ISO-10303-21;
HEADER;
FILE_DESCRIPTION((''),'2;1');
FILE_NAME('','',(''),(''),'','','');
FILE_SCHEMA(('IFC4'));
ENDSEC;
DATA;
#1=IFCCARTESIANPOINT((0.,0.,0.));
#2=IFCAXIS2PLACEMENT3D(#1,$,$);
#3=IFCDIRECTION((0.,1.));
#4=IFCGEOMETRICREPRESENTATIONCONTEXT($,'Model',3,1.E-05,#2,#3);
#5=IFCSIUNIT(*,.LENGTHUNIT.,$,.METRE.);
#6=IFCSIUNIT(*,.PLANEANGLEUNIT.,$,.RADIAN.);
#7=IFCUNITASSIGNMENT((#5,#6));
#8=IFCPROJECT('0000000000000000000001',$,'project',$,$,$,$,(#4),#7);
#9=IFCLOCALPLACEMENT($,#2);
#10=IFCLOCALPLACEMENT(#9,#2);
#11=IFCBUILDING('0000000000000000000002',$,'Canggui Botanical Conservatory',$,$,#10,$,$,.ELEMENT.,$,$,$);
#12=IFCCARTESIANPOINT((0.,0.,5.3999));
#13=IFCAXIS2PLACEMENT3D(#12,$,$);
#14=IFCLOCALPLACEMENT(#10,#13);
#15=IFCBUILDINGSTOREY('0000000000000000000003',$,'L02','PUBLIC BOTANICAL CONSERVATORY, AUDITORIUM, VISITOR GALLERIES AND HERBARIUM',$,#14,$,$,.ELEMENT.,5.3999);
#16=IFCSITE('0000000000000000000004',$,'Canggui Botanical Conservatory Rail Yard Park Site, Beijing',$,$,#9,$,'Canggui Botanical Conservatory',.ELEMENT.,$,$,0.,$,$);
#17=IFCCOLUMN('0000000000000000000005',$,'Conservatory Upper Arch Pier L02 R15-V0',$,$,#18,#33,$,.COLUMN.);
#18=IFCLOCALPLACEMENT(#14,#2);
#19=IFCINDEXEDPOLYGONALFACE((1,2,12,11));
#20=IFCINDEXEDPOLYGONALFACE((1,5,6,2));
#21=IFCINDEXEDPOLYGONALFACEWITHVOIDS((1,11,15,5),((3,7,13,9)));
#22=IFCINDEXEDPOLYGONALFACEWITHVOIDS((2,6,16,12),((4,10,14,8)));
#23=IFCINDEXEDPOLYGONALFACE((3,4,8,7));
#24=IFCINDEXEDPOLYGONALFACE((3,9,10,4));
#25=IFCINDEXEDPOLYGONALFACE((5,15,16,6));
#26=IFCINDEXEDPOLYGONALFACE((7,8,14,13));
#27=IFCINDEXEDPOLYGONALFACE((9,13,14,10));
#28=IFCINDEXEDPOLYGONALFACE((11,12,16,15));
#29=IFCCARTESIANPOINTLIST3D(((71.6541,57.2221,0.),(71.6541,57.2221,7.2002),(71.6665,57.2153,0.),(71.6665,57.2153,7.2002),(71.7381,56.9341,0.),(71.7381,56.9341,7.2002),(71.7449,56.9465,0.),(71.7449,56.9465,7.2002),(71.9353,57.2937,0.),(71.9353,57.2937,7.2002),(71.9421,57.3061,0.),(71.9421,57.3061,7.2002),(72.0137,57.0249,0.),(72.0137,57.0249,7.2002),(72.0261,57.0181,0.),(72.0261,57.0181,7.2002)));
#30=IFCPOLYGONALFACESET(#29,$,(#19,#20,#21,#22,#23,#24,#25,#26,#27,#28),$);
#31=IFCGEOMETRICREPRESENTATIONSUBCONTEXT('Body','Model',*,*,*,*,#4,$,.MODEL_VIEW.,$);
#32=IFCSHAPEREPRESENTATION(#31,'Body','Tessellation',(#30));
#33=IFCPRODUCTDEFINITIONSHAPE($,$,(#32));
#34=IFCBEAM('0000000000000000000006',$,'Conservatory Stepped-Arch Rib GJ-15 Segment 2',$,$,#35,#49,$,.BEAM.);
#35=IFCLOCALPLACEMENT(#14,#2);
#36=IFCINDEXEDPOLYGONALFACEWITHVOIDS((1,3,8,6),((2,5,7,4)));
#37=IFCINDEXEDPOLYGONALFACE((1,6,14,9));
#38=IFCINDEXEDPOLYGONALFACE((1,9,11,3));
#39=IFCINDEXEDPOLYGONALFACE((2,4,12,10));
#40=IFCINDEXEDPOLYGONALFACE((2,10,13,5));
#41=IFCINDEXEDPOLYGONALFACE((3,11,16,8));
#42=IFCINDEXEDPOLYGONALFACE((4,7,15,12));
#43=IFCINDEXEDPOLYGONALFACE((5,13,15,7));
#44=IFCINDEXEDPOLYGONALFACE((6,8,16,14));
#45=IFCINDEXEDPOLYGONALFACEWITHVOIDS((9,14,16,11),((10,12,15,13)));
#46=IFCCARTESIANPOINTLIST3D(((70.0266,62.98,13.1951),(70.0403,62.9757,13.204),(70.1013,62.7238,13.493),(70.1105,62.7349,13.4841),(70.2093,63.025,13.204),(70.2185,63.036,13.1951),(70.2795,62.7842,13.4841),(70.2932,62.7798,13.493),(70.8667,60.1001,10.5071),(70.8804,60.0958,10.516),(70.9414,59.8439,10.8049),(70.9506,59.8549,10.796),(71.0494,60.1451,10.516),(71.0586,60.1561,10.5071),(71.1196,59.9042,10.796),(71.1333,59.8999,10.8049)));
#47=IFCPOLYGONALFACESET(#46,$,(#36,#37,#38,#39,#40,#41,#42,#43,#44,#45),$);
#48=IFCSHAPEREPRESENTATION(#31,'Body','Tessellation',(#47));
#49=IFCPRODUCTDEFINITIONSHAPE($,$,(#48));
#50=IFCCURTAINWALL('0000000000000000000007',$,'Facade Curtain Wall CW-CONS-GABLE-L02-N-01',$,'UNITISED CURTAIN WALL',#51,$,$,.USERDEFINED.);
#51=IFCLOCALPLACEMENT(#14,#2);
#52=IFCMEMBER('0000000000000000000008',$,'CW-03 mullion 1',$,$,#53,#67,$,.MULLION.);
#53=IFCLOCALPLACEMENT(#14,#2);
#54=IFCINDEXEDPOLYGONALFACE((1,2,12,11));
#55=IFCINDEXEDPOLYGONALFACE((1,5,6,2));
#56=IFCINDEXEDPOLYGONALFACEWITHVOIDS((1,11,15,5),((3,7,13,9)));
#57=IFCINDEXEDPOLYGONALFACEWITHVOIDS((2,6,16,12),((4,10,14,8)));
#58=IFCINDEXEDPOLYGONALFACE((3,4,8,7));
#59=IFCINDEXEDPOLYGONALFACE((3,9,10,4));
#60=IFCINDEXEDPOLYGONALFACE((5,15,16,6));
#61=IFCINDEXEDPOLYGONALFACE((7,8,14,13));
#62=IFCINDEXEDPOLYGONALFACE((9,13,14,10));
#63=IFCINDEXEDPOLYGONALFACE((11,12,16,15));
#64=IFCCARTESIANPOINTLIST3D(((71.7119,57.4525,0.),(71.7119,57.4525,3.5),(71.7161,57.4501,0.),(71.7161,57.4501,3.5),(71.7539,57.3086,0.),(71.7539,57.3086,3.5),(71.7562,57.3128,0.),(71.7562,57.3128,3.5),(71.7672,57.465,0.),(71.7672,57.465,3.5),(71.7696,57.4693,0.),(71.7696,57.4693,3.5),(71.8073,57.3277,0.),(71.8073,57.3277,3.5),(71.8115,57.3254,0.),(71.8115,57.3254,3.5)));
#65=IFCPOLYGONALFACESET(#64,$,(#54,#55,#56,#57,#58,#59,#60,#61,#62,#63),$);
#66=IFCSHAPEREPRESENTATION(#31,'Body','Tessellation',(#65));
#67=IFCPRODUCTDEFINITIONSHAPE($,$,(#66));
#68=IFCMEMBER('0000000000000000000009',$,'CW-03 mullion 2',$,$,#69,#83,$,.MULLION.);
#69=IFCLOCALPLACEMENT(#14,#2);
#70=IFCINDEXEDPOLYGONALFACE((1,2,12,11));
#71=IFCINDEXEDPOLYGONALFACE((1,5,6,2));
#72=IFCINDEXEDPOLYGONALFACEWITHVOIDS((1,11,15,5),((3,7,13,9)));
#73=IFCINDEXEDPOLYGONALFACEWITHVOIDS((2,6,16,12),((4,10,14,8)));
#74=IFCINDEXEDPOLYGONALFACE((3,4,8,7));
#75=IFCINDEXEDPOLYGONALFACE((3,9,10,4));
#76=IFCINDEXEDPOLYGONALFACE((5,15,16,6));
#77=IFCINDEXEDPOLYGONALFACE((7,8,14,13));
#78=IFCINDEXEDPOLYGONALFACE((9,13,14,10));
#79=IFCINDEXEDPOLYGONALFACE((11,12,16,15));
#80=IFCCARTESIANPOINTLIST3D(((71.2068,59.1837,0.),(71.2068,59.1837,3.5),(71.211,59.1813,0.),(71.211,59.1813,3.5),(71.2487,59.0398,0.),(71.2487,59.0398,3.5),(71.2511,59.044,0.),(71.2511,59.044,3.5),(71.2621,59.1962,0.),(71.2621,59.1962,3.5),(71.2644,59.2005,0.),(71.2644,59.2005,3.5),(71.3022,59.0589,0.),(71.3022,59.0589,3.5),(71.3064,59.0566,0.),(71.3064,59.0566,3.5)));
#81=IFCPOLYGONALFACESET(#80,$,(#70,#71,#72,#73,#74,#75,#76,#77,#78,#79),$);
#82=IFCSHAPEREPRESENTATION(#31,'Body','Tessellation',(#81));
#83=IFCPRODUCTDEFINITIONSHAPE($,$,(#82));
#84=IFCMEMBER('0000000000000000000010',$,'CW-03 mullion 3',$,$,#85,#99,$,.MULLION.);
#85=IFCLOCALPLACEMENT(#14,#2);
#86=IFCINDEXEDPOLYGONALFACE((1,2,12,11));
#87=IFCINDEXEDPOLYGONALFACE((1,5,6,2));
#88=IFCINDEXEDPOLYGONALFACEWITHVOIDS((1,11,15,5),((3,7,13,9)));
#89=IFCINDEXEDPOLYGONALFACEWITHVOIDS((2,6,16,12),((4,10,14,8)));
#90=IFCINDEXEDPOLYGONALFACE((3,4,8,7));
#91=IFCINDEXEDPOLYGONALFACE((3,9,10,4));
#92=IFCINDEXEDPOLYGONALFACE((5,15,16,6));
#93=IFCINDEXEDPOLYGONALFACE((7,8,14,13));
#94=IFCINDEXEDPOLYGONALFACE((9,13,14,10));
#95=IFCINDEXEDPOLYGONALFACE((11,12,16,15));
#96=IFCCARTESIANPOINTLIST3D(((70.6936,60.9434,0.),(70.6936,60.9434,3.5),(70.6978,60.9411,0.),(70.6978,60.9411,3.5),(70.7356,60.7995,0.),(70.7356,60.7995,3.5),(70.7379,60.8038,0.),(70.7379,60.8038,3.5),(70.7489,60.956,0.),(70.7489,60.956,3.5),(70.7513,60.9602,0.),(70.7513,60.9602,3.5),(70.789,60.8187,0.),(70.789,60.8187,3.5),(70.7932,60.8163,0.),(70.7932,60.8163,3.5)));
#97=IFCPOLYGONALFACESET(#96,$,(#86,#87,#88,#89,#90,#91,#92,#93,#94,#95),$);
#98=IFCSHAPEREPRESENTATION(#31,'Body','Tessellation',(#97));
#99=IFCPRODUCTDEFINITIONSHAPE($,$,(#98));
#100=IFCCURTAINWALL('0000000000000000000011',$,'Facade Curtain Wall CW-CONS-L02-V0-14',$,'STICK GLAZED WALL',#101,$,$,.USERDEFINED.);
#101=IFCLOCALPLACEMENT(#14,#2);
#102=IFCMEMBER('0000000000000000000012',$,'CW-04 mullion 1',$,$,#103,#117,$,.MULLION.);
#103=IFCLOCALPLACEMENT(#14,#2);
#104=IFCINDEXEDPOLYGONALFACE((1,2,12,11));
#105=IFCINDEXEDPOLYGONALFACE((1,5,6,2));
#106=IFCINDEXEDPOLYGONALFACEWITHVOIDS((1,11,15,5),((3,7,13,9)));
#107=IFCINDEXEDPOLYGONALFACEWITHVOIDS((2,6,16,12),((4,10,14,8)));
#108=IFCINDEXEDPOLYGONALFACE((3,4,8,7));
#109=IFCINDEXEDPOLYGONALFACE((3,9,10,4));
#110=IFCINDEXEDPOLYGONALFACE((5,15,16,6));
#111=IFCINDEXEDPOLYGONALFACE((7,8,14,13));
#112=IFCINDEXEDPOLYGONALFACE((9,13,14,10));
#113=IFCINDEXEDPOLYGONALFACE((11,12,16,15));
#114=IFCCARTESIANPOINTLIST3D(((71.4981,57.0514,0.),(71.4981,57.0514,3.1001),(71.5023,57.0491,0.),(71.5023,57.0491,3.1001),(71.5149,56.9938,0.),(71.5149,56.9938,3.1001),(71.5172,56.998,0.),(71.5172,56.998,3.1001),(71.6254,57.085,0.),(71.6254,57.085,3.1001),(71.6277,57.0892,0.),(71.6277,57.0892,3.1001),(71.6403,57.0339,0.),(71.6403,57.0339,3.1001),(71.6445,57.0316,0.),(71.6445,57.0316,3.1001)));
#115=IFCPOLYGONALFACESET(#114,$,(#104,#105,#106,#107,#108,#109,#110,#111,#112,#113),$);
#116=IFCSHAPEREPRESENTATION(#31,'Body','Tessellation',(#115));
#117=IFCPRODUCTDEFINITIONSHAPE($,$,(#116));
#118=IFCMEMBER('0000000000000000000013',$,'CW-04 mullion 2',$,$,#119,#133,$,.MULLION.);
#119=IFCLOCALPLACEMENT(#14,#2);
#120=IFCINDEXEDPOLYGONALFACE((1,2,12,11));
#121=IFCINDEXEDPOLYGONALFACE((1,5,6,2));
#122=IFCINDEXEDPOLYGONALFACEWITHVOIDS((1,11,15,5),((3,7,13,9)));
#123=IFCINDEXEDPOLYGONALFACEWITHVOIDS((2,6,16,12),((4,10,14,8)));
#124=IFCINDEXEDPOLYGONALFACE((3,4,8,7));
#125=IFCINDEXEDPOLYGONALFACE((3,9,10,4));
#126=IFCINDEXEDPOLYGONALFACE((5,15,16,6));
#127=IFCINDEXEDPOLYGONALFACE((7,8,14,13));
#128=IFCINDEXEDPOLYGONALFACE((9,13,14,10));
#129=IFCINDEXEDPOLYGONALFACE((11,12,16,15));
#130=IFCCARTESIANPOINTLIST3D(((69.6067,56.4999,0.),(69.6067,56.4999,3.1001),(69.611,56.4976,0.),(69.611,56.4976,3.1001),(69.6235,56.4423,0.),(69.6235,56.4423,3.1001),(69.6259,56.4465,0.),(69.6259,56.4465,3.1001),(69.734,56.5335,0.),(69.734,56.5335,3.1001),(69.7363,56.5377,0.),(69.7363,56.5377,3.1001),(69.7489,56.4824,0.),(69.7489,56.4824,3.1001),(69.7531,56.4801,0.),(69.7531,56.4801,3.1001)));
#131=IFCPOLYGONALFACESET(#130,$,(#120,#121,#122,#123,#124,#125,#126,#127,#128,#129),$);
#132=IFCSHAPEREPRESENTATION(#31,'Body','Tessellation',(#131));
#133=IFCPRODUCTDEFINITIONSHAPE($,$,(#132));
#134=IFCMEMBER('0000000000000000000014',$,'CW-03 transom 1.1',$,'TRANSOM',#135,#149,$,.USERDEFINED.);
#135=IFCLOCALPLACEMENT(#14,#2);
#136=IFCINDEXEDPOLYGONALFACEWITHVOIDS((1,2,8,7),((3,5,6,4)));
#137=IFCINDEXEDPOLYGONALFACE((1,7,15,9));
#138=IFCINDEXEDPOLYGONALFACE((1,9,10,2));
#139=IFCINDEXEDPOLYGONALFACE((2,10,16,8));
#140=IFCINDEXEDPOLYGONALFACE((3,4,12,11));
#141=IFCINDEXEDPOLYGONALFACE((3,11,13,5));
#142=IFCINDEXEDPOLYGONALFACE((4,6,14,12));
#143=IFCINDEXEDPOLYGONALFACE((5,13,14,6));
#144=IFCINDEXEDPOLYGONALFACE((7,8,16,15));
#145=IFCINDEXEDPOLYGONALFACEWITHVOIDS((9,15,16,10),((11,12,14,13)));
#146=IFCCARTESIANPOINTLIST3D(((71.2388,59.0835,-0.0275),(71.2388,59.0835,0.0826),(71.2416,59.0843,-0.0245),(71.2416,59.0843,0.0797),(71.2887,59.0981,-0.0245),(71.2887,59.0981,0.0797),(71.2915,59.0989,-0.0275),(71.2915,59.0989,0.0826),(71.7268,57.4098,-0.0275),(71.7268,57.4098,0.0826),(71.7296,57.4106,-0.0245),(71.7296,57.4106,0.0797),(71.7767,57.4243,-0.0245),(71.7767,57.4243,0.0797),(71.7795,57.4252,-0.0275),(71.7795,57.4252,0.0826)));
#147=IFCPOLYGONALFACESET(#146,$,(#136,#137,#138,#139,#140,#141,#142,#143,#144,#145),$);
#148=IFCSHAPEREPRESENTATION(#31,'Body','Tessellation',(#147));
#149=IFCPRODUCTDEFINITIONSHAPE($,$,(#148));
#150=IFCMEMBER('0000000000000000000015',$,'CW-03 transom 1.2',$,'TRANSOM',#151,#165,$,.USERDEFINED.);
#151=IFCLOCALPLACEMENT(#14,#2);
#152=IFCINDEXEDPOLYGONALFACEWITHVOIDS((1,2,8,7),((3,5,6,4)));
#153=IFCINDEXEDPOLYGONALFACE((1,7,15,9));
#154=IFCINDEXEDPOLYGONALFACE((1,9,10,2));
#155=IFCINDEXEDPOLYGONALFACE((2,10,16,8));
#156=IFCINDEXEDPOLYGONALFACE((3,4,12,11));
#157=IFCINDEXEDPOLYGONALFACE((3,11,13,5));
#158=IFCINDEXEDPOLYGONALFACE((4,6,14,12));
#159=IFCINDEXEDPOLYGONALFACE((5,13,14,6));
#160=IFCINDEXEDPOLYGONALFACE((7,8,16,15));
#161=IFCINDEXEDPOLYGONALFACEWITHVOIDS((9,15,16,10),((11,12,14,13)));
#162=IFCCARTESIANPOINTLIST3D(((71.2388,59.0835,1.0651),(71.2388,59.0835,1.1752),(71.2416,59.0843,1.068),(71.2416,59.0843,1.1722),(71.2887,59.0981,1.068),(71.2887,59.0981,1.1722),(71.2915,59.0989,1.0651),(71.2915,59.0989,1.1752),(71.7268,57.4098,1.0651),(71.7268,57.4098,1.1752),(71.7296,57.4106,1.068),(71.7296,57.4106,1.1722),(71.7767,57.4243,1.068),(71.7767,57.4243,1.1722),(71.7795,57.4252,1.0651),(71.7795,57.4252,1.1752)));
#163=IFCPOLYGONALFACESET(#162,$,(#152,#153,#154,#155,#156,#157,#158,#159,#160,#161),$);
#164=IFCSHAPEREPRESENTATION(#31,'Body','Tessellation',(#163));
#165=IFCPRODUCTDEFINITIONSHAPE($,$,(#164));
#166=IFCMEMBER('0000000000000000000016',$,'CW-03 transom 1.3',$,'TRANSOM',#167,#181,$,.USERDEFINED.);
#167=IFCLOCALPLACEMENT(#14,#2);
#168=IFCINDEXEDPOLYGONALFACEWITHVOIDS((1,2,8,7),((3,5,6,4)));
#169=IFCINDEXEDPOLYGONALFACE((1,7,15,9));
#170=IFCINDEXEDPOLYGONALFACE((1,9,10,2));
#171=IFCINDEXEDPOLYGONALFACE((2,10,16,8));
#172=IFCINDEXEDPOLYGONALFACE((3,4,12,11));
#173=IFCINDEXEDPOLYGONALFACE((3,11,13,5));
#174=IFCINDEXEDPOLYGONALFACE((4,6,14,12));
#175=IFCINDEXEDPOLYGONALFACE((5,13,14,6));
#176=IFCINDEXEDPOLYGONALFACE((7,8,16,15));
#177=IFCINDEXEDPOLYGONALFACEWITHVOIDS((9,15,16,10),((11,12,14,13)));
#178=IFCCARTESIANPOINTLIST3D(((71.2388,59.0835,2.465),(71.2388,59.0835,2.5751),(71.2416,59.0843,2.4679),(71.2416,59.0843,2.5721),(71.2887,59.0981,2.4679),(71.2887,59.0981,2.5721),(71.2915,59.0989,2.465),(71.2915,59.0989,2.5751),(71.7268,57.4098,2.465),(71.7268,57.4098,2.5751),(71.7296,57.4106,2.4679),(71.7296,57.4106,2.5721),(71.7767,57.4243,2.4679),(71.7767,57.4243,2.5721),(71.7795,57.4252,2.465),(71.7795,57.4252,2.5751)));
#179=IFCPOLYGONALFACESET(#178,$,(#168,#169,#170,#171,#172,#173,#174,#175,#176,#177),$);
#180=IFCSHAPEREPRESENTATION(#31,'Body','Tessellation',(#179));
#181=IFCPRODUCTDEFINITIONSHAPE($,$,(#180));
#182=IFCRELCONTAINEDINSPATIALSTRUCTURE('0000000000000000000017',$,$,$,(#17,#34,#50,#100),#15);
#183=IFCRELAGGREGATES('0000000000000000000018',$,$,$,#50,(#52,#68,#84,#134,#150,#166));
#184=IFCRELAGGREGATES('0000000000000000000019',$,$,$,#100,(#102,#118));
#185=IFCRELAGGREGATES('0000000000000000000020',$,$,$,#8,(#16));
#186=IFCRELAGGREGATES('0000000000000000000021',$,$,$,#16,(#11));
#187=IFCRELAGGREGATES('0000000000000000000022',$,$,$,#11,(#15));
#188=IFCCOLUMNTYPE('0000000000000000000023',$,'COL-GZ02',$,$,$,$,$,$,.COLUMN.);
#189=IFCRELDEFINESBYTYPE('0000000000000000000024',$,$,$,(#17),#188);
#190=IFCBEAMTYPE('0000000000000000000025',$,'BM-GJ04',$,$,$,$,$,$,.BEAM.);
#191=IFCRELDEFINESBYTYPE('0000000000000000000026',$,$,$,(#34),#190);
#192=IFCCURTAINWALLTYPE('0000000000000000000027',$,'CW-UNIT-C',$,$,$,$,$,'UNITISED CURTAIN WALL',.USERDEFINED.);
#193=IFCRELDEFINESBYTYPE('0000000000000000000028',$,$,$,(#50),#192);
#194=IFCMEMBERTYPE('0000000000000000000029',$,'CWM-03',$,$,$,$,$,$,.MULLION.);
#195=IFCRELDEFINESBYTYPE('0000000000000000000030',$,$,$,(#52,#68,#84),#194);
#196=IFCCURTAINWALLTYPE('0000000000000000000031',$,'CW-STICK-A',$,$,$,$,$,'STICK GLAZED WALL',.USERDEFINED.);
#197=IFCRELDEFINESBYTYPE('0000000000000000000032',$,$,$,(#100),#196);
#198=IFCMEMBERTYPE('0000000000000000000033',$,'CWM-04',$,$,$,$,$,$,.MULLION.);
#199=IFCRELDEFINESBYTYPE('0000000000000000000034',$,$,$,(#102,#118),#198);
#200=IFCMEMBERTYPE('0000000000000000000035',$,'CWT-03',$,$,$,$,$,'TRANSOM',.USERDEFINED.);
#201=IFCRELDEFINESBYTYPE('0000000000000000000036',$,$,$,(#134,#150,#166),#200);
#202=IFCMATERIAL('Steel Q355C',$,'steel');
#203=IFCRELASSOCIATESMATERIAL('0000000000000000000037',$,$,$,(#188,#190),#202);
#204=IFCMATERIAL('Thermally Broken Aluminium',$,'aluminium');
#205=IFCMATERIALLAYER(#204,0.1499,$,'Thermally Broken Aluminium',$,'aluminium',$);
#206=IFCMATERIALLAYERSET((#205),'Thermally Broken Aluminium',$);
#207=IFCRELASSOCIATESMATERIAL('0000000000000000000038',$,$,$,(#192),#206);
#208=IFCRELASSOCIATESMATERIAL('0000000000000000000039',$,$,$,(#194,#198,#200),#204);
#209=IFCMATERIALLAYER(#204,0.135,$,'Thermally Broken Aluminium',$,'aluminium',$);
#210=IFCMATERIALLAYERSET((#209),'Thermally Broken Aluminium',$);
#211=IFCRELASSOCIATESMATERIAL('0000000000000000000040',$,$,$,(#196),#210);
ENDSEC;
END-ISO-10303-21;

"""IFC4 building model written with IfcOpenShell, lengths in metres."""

from ifc_helpers import new_model, si_unit, direction, frame, origin, origin_2d, place, context, subcontext, project, spatial, hollow_rectangle, extrude, material, layer, layer_set, material_profile, profile_set, type_object, element, aggregate, save


model = new_model("IFC4")

# Units and contexts
model_context = context("Model", 3, precision=1e-05, world=origin(), true_north=direction((0.0, 1.0)))
body_context = subcontext(model_context, "Body", "Model", "MODEL_VIEW")
ifc_project = project(units=[si_unit("LENGTHUNIT", "METRE"), si_unit("PLANEANGLEUNIT", "RADIAN")], contexts=[model_context])

# Site, building, storey
site_placement = place(None, origin())
site = spatial("IfcSite", under=ifc_project, at=site_placement, Name="Canggui Botanical Conservatory Rail Yard Park Site, Beijing", LongName="Canggui Botanical Conservatory", CompositionType="ELEMENT", RefElevation=0.0)
building_placement = place(site_placement, origin())
building = spatial("IfcBuilding", under=site, at=building_placement, Name="Canggui Botanical Conservatory", CompositionType="ELEMENT")
storey_placement = place(building_placement, frame((0.0, 0.0, 5.3999)))
storey = spatial("IfcBuildingStorey", under=building, at=storey_placement, Name="L02", Description="PUBLIC BOTANICAL CONSERVATORY, AUDITORIUM, VISITOR GALLERIES AND HERBARIUM", CompositionType="ELEMENT", Elevation=5.3999)

# Column
ifc_material_1 = material(Name="Steel Q355C", Category="steel")
ifc_material_profile_1 = material_profile(ifc_material_1, hollow_rectangle(XDim=0.3, YDim=0.3, WallThickness=0.01, at=origin_2d()), Name="SHS 300x300x10")
ifc_profile_set_1 = profile_set([ifc_material_profile_1], Name="Steel Q355C")
column_type = type_object("IfcColumnType", Name="COL-GZ02", PredefinedType="COLUMN", material=ifc_profile_set_1)
column_placement = place(storey_placement, frame((71.8401, 57.1201, 0.0), z_axis=(0.0, 0.0, 1.0), x_axis=(0.96, 0.28, 0.0)))
element("IfcColumn", 1, at=column_placement, inside=storey, type_object=column_type, Name="Conservatory Upper Arch Pier L02 R15-V0", PredefinedType="COLUMN", context=body_context, shape_type="SweptSolid", body=[
    extrude(hollow_rectangle(XDim=0.3, YDim=0.3, WallThickness=0.01, at=origin_2d()), origin(), (0.0, 0.0, 1.0), 7.2002),
])

# Beam
ifc_material_profile_2 = material_profile(ifc_material_1, hollow_rectangle(XDim=0.2, YDim=0.3999, WallThickness=0.012, at=origin_2d()), Name="RHS 200x400x12")
ifc_profile_set_2 = profile_set([ifc_material_profile_2], Name="Steel Q355C")
beam_type = type_object("IfcBeamType", Name="BM-GJ04", PredefinedType="BEAM", material=ifc_profile_set_2)
beam_placement = place(storey_placement, frame((71.0, 60.0, 10.656), z_axis=(-0.208562, 0.714967, 0.667326), x_axis=(-0.959989, -0.280038, 0.0)))
element("IfcBeam", 2, at=beam_placement, inside=storey, type_object=beam_type, Name="Conservatory Stepped-Arch Rib GJ-15 Segment 2", PredefinedType="BEAM", context=body_context, shape_type="SweptSolid", body=[
    extrude(hollow_rectangle(XDim=0.2, YDim=0.3999, WallThickness=0.012, at=origin_2d()), origin(), (0.0, 0.0, 1.0), 4.0281),
])

# Curtain walls, members
ifc_material_2 = material(Name="Thermally Broken Aluminium", Category="aluminium")
ifc_layer_1 = layer(ifc_material_2, 0.1499, Name="Thermally Broken Aluminium", Category="aluminium")
ifc_layer_set_1 = layer_set([ifc_layer_1], Name="Thermally Broken Aluminium")
curtain_wall_type_1 = type_object("IfcCurtainWallType", Name="CW-UNIT-C", ElementType="UNITISED CURTAIN WALL", PredefinedType="USERDEFINED", material=ifc_layer_set_1)
curtain_wall_1_placement = place(storey_placement, origin())
curtain_wall_1 = element("IfcCurtainWall", 3, at=curtain_wall_1_placement, inside=storey, type_object=curtain_wall_type_1, Name="Facade Curtain Wall CW-CONS-GABLE-L02-N-01", ObjectType="UNITISED CURTAIN WALL", PredefinedType="USERDEFINED")
ifc_material_profile_3 = material_profile(ifc_material_2, hollow_rectangle(XDim=0.0601, YDim=0.1499, WallThickness=0.0034, at=origin_2d()), Name="CWM 60x150x3.5")
ifc_profile_set_3 = profile_set([ifc_material_profile_3], Name="Thermally Broken Aluminium")
member_type_1 = type_object("IfcMemberType", Name="CWM-03", PredefinedType="MULLION", material=ifc_profile_set_3)
member_1_placement = place(storey_placement, frame((71.7617, 57.3889, 0.0), z_axis=(0.0, 0.0, 1.0), x_axis=(-0.96, -0.28, 0.0)))
member_1 = element("IfcMember", 4, at=member_1_placement, type_object=member_type_1, Name="CW-03 mullion 1", PredefinedType="MULLION", context=body_context, shape_type="SweptSolid", body=[
    extrude(hollow_rectangle(XDim=0.0601, YDim=0.1499, WallThickness=0.0034, at=origin_2d()), origin(), (0.0, 0.0, 1.0), 3.5),
])
member_2_placement = place(storey_placement, frame((71.2566, 59.1201, 0.0), z_axis=(0.0, 0.0, 1.0), x_axis=(-0.96, -0.28, 0.0)))
member_2 = element("IfcMember", 5, at=member_2_placement, type_object=member_type_1, Name="CW-03 mullion 2", PredefinedType="MULLION", context=body_context, shape_type="SweptSolid", body=[
    extrude(hollow_rectangle(XDim=0.0601, YDim=0.1499, WallThickness=0.0034, at=origin_2d()), origin(), (0.0, 0.0, 1.0), 3.5),
])
member_3_placement = place(storey_placement, frame((70.7434, 60.8799, 0.0), z_axis=(0.0, 0.0, 1.0), x_axis=(-0.96, -0.28, 0.0)))
member_3 = element("IfcMember", 6, at=member_3_placement, type_object=member_type_1, Name="CW-03 mullion 3", PredefinedType="MULLION", context=body_context, shape_type="SweptSolid", body=[
    extrude(hollow_rectangle(XDim=0.0601, YDim=0.1499, WallThickness=0.0034, at=origin_2d()), origin(), (0.0, 0.0, 1.0), 3.5),
])
ifc_layer_2 = layer(ifc_material_2, 0.135, Name="Thermally Broken Aluminium", Category="aluminium")
ifc_layer_set_2 = layer_set([ifc_layer_2], Name="Thermally Broken Aluminium")
curtain_wall_type_2 = type_object("IfcCurtainWallType", Name="CW-STICK-A", ElementType="STICK GLAZED WALL", PredefinedType="USERDEFINED", material=ifc_layer_set_2)
curtain_wall_2_placement = place(storey_placement, origin())
curtain_wall_2 = element("IfcCurtainWall", 7, at=curtain_wall_2_placement, inside=storey, type_object=curtain_wall_type_2, Name="Facade Curtain Wall CW-CONS-L02-V0-14", ObjectType="STICK GLAZED WALL", PredefinedType="USERDEFINED")
ifc_material_profile_4 = material_profile(ifc_material_2, hollow_rectangle(XDim=0.0601, YDim=0.135, WallThickness=0.0034, at=origin_2d()), Name="CWM 60x135x3.5")
ifc_profile_set_4 = profile_set([ifc_material_profile_4], Name="Thermally Broken Aluminium")
member_type_2 = type_object("IfcMemberType", Name="CWM-04", PredefinedType="MULLION", material=ifc_profile_set_4)
member_4_placement = place(storey_placement, frame((71.5713, 57.0415, 0.0), z_axis=(0.0, 0.0, 1.0), x_axis=(0.28, -0.96, 0.0)))
member_4 = element("IfcMember", 8, at=member_4_placement, type_object=member_type_2, Name="CW-04 mullion 1", PredefinedType="MULLION", context=body_context, shape_type="SweptSolid", body=[
    extrude(hollow_rectangle(XDim=0.0601, YDim=0.135, WallThickness=0.0034, at=origin_2d()), origin(), (0.0, 0.0, 1.0), 3.1001),
])
member_5_placement = place(storey_placement, frame((69.6799, 56.49, 0.0), z_axis=(0.0, 0.0, 1.0), x_axis=(0.28, -0.96, 0.0)))
member_5 = element("IfcMember", 9, at=member_5_placement, type_object=member_type_2, Name="CW-04 mullion 2", PredefinedType="MULLION", context=body_context, shape_type="SweptSolid", body=[
    extrude(hollow_rectangle(XDim=0.0601, YDim=0.135, WallThickness=0.0034, at=origin_2d()), origin(), (0.0, 0.0, 1.0), 3.1001),
])

# Members
ifc_material_profile_5 = material_profile(ifc_material_2, hollow_rectangle(XDim=0.0549, YDim=0.1101, WallThickness=0.0029, at=origin_2d()), Name="CWT 55x110x3")
ifc_profile_set_5 = profile_set([ifc_material_profile_5], Name="Thermally Broken Aluminium")
member_type_3 = type_object("IfcMemberType", Name="CWT-03", ElementType="TRANSOM", PredefinedType="USERDEFINED", material=ifc_profile_set_5)
member_6_placement = place(storey_placement, frame((71.7532, 57.4175, 0.0276), z_axis=(-0.279914, 0.960025, 0.0), x_axis=(-0.960025, -0.279914, 0.0)))
member_6 = element("IfcMember", 10, at=member_6_placement, type_object=member_type_3, Name="CW-03 transom 1.1", ObjectType="TRANSOM", PredefinedType="USERDEFINED", context=body_context, shape_type="SweptSolid", body=[
    extrude(hollow_rectangle(XDim=0.0549, YDim=0.1101, WallThickness=0.0029, at=origin_2d()), origin(), (0.0, 0.0, 1.0), 1.7434),
])
member_7_placement = place(storey_placement, frame((71.7532, 57.4175, 1.1201), z_axis=(-0.279914, 0.960025, 0.0), x_axis=(-0.960025, -0.279914, 0.0)))
member_7 = element("IfcMember", 11, at=member_7_placement, type_object=member_type_3, Name="CW-03 transom 1.2", ObjectType="TRANSOM", PredefinedType="USERDEFINED", context=body_context, shape_type="SweptSolid", body=[
    extrude(hollow_rectangle(XDim=0.0549, YDim=0.1101, WallThickness=0.0029, at=origin_2d()), origin(), (0.0, 0.0, 1.0), 1.7434),
])
member_8_placement = place(storey_placement, frame((71.7532, 57.4175, 2.52), z_axis=(-0.279914, 0.960025, 0.0), x_axis=(-0.960025, -0.279914, 0.0)))
member_8 = element("IfcMember", 12, at=member_8_placement, type_object=member_type_3, Name="CW-03 transom 1.3", ObjectType="TRANSOM", PredefinedType="USERDEFINED", context=body_context, shape_type="SweptSolid", body=[
    extrude(hollow_rectangle(XDim=0.0549, YDim=0.1101, WallThickness=0.0029, at=origin_2d()), origin(), (0.0, 0.0, 1.0), 1.7434),
])

aggregate(curtain_wall_1, [member_1, member_2, member_3, member_6, member_7, member_8])
aggregate(curtain_wall_2, [member_4, member_5])

save(model, "model.ifc")
